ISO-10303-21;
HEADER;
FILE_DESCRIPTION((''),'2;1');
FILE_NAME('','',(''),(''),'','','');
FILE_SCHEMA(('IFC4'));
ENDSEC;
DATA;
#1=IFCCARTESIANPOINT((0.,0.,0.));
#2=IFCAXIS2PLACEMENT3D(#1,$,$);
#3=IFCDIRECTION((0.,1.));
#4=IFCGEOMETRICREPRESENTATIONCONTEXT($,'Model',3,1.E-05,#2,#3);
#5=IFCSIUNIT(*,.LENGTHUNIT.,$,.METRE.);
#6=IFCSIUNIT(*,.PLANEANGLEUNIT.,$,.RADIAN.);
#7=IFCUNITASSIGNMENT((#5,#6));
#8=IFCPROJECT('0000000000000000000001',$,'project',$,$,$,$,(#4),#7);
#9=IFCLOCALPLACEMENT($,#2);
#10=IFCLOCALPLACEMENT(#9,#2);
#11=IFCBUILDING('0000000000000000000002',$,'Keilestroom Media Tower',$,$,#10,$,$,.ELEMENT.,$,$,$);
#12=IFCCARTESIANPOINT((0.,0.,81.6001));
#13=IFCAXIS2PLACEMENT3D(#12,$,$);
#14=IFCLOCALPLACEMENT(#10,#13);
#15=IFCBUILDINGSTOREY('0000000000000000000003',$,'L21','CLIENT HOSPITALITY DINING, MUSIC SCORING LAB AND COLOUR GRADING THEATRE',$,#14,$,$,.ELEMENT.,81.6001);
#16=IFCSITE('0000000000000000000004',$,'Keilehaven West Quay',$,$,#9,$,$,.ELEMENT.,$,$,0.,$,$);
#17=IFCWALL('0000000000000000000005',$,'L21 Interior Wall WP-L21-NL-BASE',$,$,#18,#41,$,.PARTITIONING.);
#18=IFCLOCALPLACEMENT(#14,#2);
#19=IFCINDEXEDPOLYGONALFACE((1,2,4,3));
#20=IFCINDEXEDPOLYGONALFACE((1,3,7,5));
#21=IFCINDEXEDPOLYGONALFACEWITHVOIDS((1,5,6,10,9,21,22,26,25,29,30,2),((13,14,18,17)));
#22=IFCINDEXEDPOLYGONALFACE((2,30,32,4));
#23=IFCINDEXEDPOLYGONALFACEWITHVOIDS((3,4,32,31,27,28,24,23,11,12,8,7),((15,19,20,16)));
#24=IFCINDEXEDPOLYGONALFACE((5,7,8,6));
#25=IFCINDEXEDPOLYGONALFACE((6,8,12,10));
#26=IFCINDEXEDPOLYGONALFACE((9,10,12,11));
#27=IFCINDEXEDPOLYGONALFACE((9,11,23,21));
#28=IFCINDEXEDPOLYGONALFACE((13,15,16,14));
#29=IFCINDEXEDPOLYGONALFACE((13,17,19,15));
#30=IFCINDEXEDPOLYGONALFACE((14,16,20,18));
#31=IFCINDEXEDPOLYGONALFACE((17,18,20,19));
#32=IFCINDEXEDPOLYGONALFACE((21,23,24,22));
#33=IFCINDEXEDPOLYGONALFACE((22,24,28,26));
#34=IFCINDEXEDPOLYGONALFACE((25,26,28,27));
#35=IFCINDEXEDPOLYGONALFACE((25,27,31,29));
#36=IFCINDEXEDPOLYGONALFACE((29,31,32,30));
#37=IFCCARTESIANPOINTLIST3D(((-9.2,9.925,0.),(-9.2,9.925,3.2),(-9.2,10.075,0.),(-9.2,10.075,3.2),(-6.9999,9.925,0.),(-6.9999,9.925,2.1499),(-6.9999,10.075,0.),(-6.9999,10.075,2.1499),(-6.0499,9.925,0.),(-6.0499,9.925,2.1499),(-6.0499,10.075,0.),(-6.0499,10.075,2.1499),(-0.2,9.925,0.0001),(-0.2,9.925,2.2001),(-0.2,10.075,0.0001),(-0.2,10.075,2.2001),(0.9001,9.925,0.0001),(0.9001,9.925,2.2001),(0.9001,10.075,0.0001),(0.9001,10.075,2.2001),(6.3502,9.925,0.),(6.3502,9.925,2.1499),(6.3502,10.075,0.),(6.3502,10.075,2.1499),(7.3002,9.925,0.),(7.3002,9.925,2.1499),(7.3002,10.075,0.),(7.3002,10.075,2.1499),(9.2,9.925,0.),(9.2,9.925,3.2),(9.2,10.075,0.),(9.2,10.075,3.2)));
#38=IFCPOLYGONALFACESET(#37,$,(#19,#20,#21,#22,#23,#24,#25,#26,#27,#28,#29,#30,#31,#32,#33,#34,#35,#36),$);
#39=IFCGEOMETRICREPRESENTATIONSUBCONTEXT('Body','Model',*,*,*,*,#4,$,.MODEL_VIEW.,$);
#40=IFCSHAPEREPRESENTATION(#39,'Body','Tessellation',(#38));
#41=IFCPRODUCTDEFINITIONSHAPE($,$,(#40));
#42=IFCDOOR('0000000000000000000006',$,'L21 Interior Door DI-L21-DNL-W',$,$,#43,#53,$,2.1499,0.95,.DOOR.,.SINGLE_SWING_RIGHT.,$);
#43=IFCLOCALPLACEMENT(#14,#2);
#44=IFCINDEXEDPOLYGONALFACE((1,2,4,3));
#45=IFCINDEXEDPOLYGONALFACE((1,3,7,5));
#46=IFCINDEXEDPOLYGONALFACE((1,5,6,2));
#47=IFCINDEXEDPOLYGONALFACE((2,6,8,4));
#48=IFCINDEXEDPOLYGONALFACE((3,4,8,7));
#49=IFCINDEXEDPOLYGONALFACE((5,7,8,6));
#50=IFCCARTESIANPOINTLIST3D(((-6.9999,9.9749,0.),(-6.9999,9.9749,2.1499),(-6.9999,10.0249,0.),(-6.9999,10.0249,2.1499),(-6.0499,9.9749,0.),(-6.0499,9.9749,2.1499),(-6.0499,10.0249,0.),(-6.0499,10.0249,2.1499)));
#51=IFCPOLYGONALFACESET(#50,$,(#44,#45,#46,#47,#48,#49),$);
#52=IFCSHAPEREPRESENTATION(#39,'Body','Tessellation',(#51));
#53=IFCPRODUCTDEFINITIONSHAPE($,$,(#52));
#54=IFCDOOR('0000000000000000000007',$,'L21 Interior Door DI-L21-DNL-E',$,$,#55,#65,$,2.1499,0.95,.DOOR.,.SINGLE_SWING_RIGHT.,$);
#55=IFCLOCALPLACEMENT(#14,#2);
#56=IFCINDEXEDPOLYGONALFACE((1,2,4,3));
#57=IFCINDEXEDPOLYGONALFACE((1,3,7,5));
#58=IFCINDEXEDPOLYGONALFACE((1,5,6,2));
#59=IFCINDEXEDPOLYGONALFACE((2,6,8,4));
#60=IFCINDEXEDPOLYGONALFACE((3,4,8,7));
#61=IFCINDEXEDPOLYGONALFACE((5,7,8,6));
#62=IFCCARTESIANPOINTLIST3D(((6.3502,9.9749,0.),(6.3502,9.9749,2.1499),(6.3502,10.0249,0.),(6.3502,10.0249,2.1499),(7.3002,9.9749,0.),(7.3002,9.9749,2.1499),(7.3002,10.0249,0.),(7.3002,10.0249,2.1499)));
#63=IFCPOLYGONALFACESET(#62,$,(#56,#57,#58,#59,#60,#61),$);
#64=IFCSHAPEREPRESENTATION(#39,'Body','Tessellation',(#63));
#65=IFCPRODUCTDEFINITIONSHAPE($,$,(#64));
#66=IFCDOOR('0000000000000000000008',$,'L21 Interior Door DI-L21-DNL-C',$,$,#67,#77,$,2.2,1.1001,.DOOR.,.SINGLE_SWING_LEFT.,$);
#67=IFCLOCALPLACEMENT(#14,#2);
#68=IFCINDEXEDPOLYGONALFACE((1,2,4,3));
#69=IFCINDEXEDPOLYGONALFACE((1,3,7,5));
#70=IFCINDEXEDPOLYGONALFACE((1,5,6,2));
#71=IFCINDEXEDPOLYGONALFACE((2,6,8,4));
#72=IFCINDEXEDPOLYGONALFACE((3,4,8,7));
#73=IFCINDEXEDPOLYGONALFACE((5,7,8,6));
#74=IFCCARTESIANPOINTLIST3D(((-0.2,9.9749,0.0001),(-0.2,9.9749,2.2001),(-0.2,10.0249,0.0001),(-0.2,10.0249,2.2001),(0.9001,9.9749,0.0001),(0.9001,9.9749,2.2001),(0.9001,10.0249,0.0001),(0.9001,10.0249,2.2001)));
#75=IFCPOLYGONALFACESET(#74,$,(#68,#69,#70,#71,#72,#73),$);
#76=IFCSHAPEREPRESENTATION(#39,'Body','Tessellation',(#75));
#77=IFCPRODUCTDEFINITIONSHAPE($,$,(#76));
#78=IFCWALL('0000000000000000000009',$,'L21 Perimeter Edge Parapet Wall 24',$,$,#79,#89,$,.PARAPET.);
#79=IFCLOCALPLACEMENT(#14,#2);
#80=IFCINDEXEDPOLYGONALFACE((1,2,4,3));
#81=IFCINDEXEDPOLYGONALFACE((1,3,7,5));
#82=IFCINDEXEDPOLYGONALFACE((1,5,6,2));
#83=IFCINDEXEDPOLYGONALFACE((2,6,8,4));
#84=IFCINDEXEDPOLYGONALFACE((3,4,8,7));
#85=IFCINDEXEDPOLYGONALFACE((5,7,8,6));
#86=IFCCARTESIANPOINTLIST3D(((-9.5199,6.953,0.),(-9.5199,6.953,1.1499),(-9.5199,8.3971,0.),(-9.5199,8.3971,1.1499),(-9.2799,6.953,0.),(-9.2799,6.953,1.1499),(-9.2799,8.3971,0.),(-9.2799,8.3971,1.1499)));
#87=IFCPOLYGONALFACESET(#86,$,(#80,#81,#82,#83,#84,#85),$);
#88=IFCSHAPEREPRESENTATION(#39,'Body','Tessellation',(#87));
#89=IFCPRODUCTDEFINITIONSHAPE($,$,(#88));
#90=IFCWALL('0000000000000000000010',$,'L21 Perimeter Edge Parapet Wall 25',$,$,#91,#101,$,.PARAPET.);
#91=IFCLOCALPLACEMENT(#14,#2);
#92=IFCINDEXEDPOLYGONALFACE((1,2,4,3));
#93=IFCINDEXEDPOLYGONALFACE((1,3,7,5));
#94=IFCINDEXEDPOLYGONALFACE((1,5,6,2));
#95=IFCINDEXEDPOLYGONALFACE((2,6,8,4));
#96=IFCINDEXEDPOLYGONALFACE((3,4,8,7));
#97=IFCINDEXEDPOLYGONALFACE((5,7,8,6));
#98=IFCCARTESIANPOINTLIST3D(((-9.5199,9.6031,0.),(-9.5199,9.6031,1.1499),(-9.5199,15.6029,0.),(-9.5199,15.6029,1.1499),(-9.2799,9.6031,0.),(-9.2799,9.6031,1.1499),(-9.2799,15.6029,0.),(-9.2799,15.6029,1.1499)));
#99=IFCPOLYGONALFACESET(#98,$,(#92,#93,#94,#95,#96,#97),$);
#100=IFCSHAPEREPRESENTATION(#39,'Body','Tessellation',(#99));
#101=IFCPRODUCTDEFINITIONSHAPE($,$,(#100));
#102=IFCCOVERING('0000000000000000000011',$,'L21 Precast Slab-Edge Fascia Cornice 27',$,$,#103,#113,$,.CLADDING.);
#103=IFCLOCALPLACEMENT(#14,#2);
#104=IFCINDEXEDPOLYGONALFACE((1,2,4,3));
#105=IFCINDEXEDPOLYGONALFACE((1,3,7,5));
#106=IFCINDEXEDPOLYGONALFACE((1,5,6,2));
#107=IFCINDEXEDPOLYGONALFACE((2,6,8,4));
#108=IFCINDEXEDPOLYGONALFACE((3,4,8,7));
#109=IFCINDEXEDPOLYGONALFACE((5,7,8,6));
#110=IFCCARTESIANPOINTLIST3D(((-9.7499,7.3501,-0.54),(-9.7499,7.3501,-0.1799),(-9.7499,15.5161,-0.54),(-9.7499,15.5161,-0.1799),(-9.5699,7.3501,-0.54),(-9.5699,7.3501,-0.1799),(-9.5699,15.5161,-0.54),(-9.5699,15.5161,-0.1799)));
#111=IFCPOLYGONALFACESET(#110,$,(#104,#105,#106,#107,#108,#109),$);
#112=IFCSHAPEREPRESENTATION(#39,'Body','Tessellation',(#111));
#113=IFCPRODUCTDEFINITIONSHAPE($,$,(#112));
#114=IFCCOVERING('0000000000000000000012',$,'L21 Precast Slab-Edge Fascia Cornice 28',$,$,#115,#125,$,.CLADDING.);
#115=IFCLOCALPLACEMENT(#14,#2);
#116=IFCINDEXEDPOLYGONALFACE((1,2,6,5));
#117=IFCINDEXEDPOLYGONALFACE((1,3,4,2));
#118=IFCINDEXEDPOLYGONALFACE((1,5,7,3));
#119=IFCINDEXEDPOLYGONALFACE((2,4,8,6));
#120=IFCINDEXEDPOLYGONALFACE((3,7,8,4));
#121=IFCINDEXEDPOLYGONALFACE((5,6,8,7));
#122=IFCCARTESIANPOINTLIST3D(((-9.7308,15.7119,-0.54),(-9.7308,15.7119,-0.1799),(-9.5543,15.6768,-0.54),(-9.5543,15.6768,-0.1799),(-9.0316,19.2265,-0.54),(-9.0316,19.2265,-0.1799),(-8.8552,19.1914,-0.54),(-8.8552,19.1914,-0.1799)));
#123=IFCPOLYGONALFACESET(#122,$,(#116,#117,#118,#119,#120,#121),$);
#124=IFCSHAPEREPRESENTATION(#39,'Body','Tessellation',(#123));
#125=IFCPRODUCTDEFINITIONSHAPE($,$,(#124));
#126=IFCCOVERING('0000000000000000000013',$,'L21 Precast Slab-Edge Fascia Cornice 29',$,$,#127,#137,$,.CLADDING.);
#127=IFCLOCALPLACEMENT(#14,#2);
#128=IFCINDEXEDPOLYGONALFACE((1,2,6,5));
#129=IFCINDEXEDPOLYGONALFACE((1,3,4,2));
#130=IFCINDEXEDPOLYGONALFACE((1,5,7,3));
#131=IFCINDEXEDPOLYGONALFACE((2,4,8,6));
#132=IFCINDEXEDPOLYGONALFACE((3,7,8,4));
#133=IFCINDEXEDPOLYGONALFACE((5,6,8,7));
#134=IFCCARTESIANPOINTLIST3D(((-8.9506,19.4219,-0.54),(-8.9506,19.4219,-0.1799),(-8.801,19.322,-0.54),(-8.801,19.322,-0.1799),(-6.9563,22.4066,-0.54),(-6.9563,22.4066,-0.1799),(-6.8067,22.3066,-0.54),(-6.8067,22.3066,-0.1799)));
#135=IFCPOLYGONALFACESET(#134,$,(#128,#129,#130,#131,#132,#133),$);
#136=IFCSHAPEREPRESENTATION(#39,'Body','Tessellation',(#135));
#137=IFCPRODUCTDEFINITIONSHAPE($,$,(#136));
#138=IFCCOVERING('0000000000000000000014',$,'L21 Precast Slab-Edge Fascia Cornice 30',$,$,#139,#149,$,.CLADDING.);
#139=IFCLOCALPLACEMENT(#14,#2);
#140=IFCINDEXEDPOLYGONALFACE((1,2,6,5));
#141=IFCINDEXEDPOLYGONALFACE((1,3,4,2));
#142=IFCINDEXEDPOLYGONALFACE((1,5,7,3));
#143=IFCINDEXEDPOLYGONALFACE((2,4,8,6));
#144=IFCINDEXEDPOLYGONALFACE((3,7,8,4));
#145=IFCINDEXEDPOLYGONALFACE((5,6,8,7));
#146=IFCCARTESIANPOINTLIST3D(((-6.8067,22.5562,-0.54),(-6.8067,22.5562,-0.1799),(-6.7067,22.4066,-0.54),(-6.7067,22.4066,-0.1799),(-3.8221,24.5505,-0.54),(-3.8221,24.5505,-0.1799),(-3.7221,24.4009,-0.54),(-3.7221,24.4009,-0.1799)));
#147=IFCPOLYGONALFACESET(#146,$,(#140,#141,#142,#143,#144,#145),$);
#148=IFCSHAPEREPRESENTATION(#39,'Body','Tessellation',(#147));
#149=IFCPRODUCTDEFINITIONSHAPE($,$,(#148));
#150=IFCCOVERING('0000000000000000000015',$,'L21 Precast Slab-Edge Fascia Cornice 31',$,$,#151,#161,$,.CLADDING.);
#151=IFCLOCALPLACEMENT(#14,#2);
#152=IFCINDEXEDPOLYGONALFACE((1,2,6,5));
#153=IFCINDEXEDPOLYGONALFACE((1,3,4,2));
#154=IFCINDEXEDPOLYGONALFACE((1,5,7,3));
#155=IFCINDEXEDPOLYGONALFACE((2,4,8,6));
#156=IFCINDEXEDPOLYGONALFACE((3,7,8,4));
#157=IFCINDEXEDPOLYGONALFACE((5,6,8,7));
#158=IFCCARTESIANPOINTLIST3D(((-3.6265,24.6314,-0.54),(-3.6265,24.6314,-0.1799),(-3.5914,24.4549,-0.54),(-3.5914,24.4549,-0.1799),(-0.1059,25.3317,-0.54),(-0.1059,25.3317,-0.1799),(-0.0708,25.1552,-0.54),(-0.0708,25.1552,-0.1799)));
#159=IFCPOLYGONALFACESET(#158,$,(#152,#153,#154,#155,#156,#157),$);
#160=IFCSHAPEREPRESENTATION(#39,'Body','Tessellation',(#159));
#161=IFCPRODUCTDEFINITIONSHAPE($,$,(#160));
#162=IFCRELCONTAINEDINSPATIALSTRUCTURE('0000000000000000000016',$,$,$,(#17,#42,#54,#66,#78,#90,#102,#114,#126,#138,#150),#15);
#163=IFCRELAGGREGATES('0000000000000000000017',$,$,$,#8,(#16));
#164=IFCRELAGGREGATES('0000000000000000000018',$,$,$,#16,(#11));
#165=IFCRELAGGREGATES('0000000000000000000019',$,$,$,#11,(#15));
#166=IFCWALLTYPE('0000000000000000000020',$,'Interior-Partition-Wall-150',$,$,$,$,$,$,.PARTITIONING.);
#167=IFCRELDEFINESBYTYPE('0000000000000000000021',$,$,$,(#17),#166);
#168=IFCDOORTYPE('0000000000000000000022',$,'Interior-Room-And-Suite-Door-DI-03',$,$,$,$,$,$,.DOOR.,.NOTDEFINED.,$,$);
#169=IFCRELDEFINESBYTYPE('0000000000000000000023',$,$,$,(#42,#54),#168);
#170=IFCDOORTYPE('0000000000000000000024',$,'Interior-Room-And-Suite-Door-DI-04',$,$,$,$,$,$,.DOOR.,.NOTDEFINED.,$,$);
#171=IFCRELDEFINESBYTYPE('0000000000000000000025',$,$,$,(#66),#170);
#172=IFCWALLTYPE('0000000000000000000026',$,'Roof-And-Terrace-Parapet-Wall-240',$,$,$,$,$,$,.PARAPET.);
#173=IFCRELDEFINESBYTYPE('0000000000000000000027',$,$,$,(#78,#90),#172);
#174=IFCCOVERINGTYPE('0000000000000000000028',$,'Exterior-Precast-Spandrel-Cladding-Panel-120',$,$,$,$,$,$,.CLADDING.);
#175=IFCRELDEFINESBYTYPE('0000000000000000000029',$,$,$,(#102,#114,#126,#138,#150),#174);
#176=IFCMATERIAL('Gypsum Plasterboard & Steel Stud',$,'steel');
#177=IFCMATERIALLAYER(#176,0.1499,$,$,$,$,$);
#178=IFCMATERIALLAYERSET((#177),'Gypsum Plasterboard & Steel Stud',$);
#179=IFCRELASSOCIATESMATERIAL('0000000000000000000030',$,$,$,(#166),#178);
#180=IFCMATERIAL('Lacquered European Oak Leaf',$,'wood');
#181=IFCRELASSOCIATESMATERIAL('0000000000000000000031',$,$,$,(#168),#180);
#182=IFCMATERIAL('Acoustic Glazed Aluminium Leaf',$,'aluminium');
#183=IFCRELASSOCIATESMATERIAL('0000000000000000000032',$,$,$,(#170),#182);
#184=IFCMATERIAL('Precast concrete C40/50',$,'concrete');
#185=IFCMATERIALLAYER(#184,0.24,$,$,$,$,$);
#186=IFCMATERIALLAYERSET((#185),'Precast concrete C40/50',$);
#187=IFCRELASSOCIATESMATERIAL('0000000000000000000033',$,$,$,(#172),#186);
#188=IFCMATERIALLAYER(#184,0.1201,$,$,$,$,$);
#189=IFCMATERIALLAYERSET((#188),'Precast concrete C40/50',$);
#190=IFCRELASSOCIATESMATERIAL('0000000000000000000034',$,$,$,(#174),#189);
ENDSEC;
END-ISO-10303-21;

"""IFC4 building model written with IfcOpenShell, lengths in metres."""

from ifc_helpers import new_model, si_unit, direction, frame, frame_2d, origin, origin_2d, place, context, subcontext, project, spatial, rectangle, extrude, source, transform, mapped, material, layer, layer_set, type_object, element, fill, save


model = new_model("IFC4")

# Units and contexts
model_context = context("Model", 3, precision=1e-05, world=origin(), true_north=direction((0.0, 1.0)))
body_context = subcontext(model_context, "Body", "Model", "MODEL_VIEW")
ifc_project = project(units=[si_unit("LENGTHUNIT", "METRE"), si_unit("PLANEANGLEUNIT", "RADIAN")], contexts=[model_context])

# Site, building, storey
site_placement = place(None, origin())
site = spatial("IfcSite", under=ifc_project, at=site_placement, Name="Keilehaven West Quay", CompositionType="ELEMENT", RefElevation=0.0)
building_placement = place(site_placement, origin())
building = spatial("IfcBuilding", under=site, at=building_placement, Name="Keilestroom Media Tower", CompositionType="ELEMENT")
storey_placement = place(building_placement, frame((0.0, 0.0, 81.6001)))
storey = spatial("IfcBuildingStorey", under=building, at=storey_placement, Name="L21", Description="CLIENT HOSPITALITY DINING, MUSIC SCORING LAB AND COLOUR GRADING THEATRE", CompositionType="ELEMENT", Elevation=81.6001)

# Shared definitions
ifc_material_1 = material(Name="Precast concrete C40/50", Category="concrete")
ifc_material_2 = material(Name="Gypsum Plasterboard & Steel Stud", Category="steel")

# Wall, openings, doors
ifc_layer_1 = layer(ifc_material_2, 0.1499)
ifc_layer_set_1 = layer_set([ifc_layer_1], Name="Gypsum Plasterboard & Steel Stud")
wall_type_1 = type_object("IfcWallType", Name="Interior-Partition-Wall-150", PredefinedType="PARTITIONING", material=ifc_layer_set_1)
wall_1_placement = place(storey_placement, frame((-9.2, 10.0, 0.0), z_axis=(0.0, 0.0, 1.0), x_axis=(1.0, 0.0, 0.0)))
wall_1 = element("IfcWall", 1, at=wall_1_placement, inside=storey, type_object=wall_type_1, Name="L21 Interior Wall WP-L21-NL-BASE", PredefinedType="PARTITIONING", context=body_context, shape_type="SweptSolid", body=[
    extrude(rectangle(XDim=18.3999, YDim=0.1499, at=frame_2d((9.2, 0.0))), origin(), (0.0, 0.0, 1.0), 3.2),
])
opening_1_placement = place(wall_1_placement, frame((2.2, 0.0, 0.0)))
opening_1 = element("IfcOpeningElement", 2, at=opening_1_placement, cuts=wall_1, PredefinedType="OPENING", context=body_context, shape_type="SweptSolid", body=[
    extrude(rectangle(XDim=0.95, YDim=2.1499, at=frame_2d((0.4751, 1.075))), frame((0.0, 0.085, 0.0), z_axis=(0.0, -1.0, 0.0), x_axis=(1.0, 0.0, 0.0)), (0.0, 0.0, 1.0), 0.1699),
])
opening_2_placement = place(wall_1_placement, frame((9.0, 0.0, 0.0)))
opening_2 = element("IfcOpeningElement", 3, at=opening_2_placement, cuts=wall_1, PredefinedType="OPENING", context=body_context, shape_type="SweptSolid", body=[
    extrude(rectangle(XDim=1.1001, YDim=2.2, at=frame_2d((0.55, 1.1001))), frame((0.0, 0.085, 0.0), z_axis=(0.0, -1.0, 0.0), x_axis=(1.0, 0.0, 0.0)), (0.0, 0.0, 1.0), 0.1699),
])
opening_3_placement = place(wall_1_placement, frame((15.55, 0.0, 0.0)))
opening_3 = element("IfcOpeningElement", 4, at=opening_3_placement, cuts=wall_1, PredefinedType="OPENING", context=body_context, shape_type="SweptSolid", body=[
    extrude(rectangle(XDim=0.95, YDim=2.1499, at=frame_2d((0.4751, 1.075))), frame((0.0, 0.085, 0.0), z_axis=(0.0, -1.0, 0.0), x_axis=(1.0, 0.0, 0.0)), (0.0, 0.0, 1.0), 0.1699),
])
ifc_material_3 = material(Name="Lacquered European Oak Leaf", Category="wood")
door_type_1 = type_object("IfcDoorType", Name="Interior-Room-And-Suite-Door-DI-03", OperationType="NOTDEFINED", PredefinedType="DOOR", material=ifc_material_3)
shared_shape_1 = source(origin(), body_context, "Body", "SweptSolid", [
    extrude(rectangle(XDim=0.95, YDim=2.1499, at=frame_2d((0.4751, 1.075))), frame((0.0, 0.0249, 0.0), z_axis=(0.0, -1.0, 0.0), x_axis=(1.0, 0.0, 0.0)), (0.0, 0.0, 1.0), 0.05),
])
door_1_placement = place(opening_1_placement, origin())
door_1 = element("IfcDoor", 5, at=door_1_placement, inside=storey, type_object=door_type_1, Name="L21 Interior Door DI-L21-DNL-W", OperationType="SINGLE_SWING_RIGHT", OverallHeight=2.1499, OverallWidth=0.95, PredefinedType="DOOR", context=body_context, shape_type="MappedRepresentation", body=[
    mapped(shared_shape_1, transform((0.0, 0.0, 0.0), x_axis=(1.0, 0.0, 0.0), y_axis=(0.0, 1.0, 0.0), z_axis=(0.0, 0.0, 1.0), scale=1.0)),
])
fill(opening_1, door_1)
door_2_placement = place(opening_3_placement, origin())
door_2 = element("IfcDoor", 6, at=door_2_placement, inside=storey, type_object=door_type_1, Name="L21 Interior Door DI-L21-DNL-E", OperationType="SINGLE_SWING_RIGHT", OverallHeight=2.1499, OverallWidth=0.95, PredefinedType="DOOR", context=body_context, shape_type="MappedRepresentation", body=[
    mapped(shared_shape_1, transform((0.0, 0.0, 0.0), x_axis=(1.0, 0.0, 0.0), y_axis=(0.0, 1.0, 0.0), z_axis=(0.0, 0.0, 1.0), scale=1.0)),
])
fill(opening_3, door_2)
ifc_material_4 = material(Name="Acoustic Glazed Aluminium Leaf", Category="aluminium")
door_type_2 = type_object("IfcDoorType", Name="Interior-Room-And-Suite-Door-DI-04", OperationType="NOTDEFINED", PredefinedType="DOOR", material=ifc_material_4)
shared_shape_2 = source(origin(), body_context, "Body", "SweptSolid", [
    extrude(rectangle(XDim=1.1001, YDim=2.2, at=frame_2d((0.55, 1.1001))), frame((0.0, 0.0249, 0.0), z_axis=(0.0, -1.0, 0.0), x_axis=(1.0, 0.0, 0.0)), (0.0, 0.0, 1.0), 0.05),
])
door_3_placement = place(opening_2_placement, origin())
door_3 = element("IfcDoor", 7, at=door_3_placement, inside=storey, type_object=door_type_2, Name="L21 Interior Door DI-L21-DNL-C", OperationType="SINGLE_SWING_LEFT", OverallHeight=2.2, OverallWidth=1.1001, PredefinedType="DOOR", context=body_context, shape_type="MappedRepresentation", body=[
    mapped(shared_shape_2, transform((0.0, 0.0, 0.0), x_axis=(1.0, 0.0, 0.0), y_axis=(0.0, 1.0, 0.0), z_axis=(0.0, 0.0, 1.0), scale=1.0)),
])
fill(opening_2, door_3)

# Walls
ifc_layer_2 = layer(ifc_material_1, 0.24)
ifc_layer_set_2 = layer_set([ifc_layer_2], Name="Precast concrete C40/50")
wall_type_2 = type_object("IfcWallType", Name="Roof-And-Terrace-Parapet-Wall-240", PredefinedType="PARAPET", material=ifc_layer_set_2)
wall_2_placement = place(storey_placement, frame((-9.3999, 6.9529, 0.0), z_axis=(0.0, 0.0, 1.0), x_axis=(0.0, 1.0, 0.0)))
element("IfcWall", 8, at=wall_2_placement, inside=storey, type_object=wall_type_2, Name="L21 Perimeter Edge Parapet Wall 24", PredefinedType="PARAPET", context=body_context, shape_type="SweptSolid", body=[
    extrude(rectangle(XDim=1.4441, YDim=0.24, at=frame_2d((0.7222, 0.0))), origin(), (0.0, 0.0, 1.0), 1.1499),
])
wall_3_placement = place(storey_placement, frame((-9.3999, 9.603, 0.0), z_axis=(0.0, 0.0, 1.0), x_axis=(0.0, 1.0, 0.0)))
element("IfcWall", 9, at=wall_3_placement, inside=storey, type_object=wall_type_2, Name="L21 Perimeter Edge Parapet Wall 25", PredefinedType="PARAPET", context=body_context, shape_type="SweptSolid", body=[
    extrude(rectangle(XDim=5.9998, YDim=0.24, at=frame_2d((3.0, 0.0))), origin(), (0.0, 0.0, 1.0), 1.1499),
])

# Coverings
ifc_layer_3 = layer(ifc_material_1, 0.1201)
ifc_layer_set_3 = layer_set([ifc_layer_3], Name="Precast concrete C40/50")
covering_type = type_object("IfcCoveringType", Name="Exterior-Precast-Spandrel-Cladding-Panel-120", PredefinedType="CLADDING", material=ifc_layer_set_3)
shared_shape_3 = source(origin(), body_context, "Body", "SweptSolid", [
    extrude(rectangle(XDim=8.166, YDim=0.1799, at=origin_2d()), origin(), (0.0, 0.0, 1.0), 0.3601),
])
covering_1_placement = place(storey_placement, frame((-9.6599, 11.4331, -0.54), z_axis=(0.0, 0.0, 1.0), x_axis=(0.0, 1.0, 0.0)))
element("IfcCovering", 10, at=covering_1_placement, inside=storey, type_object=covering_type, Name="L21 Precast Slab-Edge Fascia Cornice 27", PredefinedType="CLADDING", context=body_context, shape_type="MappedRepresentation", body=[
    mapped(shared_shape_3, transform((0.0, 0.0, 0.0), x_axis=(1.0, 0.0, 0.0), y_axis=(0.0, 1.0, 0.0), z_axis=(0.0, 0.0, 1.0), scale=1.0)),
])
shared_shape_4 = source(origin(), body_context, "Body", "SweptSolid", [
    extrude(rectangle(XDim=3.5835, YDim=0.1799, at=origin_2d()), origin(), (0.0, 0.0, 1.0), 0.3601),
])
covering_2_placement = place(storey_placement, frame((-9.293, 17.4517, -0.54), z_axis=(0.0, 0.0, 1.0), x_axis=(0.195099, 0.980784, 0.0)))
element("IfcCovering", 11, at=covering_2_placement, inside=storey, type_object=covering_type, Name="L21 Precast Slab-Edge Fascia Cornice 28", PredefinedType="CLADDING", context=body_context, shape_type="MappedRepresentation", body=[
    mapped(shared_shape_4, transform((0.0, 0.0, 0.0), x_axis=(1.0, 0.0, 0.0), y_axis=(0.0, 1.0, 0.0), z_axis=(0.0, 0.0, 1.0), scale=1.0)),
])
shared_shape_5 = source(origin(), body_context, "Body", "SweptSolid", [
    extrude(rectangle(XDim=3.5896, YDim=0.1799, at=origin_2d()), origin(), (0.0, 0.0, 1.0), 0.3601),
])
for number, where, z_axis, x_axis, name in (
    (12, (-7.8787, 20.8643, -0.54), (0.0, 0.0, 1.0), (0.555575, 0.831467, 0.0), "L21 Precast Slab-Edge Fascia Cornice 29"),
    (13, (-5.2644, 23.4785, -0.54), (0.0, 0.0, 1.0), (0.831467, 0.555575, 0.0), "L21 Precast Slab-Edge Fascia Cornice 30"),
    (14, (-1.8486, 24.8933, -0.54), (0.0, 0.0, 1.0), (0.980784, 0.195099, 0.0), "L21 Precast Slab-Edge Fascia Cornice 31"),
):
    element("IfcCovering", number, at=place(storey_placement, frame(where, z_axis=z_axis, x_axis=x_axis)), inside=storey, type_object=covering_type, Name=name, PredefinedType="CLADDING", context=body_context, shape_type="MappedRepresentation", body=[
        mapped(shared_shape_5, transform((0.0, 0.0, 0.0), x_axis=(1.0, 0.0, 0.0), y_axis=(0.0, 1.0, 0.0), z_axis=(0.0, 0.0, 1.0), scale=1.0)),
    ])

save(model, "model.ifc")
